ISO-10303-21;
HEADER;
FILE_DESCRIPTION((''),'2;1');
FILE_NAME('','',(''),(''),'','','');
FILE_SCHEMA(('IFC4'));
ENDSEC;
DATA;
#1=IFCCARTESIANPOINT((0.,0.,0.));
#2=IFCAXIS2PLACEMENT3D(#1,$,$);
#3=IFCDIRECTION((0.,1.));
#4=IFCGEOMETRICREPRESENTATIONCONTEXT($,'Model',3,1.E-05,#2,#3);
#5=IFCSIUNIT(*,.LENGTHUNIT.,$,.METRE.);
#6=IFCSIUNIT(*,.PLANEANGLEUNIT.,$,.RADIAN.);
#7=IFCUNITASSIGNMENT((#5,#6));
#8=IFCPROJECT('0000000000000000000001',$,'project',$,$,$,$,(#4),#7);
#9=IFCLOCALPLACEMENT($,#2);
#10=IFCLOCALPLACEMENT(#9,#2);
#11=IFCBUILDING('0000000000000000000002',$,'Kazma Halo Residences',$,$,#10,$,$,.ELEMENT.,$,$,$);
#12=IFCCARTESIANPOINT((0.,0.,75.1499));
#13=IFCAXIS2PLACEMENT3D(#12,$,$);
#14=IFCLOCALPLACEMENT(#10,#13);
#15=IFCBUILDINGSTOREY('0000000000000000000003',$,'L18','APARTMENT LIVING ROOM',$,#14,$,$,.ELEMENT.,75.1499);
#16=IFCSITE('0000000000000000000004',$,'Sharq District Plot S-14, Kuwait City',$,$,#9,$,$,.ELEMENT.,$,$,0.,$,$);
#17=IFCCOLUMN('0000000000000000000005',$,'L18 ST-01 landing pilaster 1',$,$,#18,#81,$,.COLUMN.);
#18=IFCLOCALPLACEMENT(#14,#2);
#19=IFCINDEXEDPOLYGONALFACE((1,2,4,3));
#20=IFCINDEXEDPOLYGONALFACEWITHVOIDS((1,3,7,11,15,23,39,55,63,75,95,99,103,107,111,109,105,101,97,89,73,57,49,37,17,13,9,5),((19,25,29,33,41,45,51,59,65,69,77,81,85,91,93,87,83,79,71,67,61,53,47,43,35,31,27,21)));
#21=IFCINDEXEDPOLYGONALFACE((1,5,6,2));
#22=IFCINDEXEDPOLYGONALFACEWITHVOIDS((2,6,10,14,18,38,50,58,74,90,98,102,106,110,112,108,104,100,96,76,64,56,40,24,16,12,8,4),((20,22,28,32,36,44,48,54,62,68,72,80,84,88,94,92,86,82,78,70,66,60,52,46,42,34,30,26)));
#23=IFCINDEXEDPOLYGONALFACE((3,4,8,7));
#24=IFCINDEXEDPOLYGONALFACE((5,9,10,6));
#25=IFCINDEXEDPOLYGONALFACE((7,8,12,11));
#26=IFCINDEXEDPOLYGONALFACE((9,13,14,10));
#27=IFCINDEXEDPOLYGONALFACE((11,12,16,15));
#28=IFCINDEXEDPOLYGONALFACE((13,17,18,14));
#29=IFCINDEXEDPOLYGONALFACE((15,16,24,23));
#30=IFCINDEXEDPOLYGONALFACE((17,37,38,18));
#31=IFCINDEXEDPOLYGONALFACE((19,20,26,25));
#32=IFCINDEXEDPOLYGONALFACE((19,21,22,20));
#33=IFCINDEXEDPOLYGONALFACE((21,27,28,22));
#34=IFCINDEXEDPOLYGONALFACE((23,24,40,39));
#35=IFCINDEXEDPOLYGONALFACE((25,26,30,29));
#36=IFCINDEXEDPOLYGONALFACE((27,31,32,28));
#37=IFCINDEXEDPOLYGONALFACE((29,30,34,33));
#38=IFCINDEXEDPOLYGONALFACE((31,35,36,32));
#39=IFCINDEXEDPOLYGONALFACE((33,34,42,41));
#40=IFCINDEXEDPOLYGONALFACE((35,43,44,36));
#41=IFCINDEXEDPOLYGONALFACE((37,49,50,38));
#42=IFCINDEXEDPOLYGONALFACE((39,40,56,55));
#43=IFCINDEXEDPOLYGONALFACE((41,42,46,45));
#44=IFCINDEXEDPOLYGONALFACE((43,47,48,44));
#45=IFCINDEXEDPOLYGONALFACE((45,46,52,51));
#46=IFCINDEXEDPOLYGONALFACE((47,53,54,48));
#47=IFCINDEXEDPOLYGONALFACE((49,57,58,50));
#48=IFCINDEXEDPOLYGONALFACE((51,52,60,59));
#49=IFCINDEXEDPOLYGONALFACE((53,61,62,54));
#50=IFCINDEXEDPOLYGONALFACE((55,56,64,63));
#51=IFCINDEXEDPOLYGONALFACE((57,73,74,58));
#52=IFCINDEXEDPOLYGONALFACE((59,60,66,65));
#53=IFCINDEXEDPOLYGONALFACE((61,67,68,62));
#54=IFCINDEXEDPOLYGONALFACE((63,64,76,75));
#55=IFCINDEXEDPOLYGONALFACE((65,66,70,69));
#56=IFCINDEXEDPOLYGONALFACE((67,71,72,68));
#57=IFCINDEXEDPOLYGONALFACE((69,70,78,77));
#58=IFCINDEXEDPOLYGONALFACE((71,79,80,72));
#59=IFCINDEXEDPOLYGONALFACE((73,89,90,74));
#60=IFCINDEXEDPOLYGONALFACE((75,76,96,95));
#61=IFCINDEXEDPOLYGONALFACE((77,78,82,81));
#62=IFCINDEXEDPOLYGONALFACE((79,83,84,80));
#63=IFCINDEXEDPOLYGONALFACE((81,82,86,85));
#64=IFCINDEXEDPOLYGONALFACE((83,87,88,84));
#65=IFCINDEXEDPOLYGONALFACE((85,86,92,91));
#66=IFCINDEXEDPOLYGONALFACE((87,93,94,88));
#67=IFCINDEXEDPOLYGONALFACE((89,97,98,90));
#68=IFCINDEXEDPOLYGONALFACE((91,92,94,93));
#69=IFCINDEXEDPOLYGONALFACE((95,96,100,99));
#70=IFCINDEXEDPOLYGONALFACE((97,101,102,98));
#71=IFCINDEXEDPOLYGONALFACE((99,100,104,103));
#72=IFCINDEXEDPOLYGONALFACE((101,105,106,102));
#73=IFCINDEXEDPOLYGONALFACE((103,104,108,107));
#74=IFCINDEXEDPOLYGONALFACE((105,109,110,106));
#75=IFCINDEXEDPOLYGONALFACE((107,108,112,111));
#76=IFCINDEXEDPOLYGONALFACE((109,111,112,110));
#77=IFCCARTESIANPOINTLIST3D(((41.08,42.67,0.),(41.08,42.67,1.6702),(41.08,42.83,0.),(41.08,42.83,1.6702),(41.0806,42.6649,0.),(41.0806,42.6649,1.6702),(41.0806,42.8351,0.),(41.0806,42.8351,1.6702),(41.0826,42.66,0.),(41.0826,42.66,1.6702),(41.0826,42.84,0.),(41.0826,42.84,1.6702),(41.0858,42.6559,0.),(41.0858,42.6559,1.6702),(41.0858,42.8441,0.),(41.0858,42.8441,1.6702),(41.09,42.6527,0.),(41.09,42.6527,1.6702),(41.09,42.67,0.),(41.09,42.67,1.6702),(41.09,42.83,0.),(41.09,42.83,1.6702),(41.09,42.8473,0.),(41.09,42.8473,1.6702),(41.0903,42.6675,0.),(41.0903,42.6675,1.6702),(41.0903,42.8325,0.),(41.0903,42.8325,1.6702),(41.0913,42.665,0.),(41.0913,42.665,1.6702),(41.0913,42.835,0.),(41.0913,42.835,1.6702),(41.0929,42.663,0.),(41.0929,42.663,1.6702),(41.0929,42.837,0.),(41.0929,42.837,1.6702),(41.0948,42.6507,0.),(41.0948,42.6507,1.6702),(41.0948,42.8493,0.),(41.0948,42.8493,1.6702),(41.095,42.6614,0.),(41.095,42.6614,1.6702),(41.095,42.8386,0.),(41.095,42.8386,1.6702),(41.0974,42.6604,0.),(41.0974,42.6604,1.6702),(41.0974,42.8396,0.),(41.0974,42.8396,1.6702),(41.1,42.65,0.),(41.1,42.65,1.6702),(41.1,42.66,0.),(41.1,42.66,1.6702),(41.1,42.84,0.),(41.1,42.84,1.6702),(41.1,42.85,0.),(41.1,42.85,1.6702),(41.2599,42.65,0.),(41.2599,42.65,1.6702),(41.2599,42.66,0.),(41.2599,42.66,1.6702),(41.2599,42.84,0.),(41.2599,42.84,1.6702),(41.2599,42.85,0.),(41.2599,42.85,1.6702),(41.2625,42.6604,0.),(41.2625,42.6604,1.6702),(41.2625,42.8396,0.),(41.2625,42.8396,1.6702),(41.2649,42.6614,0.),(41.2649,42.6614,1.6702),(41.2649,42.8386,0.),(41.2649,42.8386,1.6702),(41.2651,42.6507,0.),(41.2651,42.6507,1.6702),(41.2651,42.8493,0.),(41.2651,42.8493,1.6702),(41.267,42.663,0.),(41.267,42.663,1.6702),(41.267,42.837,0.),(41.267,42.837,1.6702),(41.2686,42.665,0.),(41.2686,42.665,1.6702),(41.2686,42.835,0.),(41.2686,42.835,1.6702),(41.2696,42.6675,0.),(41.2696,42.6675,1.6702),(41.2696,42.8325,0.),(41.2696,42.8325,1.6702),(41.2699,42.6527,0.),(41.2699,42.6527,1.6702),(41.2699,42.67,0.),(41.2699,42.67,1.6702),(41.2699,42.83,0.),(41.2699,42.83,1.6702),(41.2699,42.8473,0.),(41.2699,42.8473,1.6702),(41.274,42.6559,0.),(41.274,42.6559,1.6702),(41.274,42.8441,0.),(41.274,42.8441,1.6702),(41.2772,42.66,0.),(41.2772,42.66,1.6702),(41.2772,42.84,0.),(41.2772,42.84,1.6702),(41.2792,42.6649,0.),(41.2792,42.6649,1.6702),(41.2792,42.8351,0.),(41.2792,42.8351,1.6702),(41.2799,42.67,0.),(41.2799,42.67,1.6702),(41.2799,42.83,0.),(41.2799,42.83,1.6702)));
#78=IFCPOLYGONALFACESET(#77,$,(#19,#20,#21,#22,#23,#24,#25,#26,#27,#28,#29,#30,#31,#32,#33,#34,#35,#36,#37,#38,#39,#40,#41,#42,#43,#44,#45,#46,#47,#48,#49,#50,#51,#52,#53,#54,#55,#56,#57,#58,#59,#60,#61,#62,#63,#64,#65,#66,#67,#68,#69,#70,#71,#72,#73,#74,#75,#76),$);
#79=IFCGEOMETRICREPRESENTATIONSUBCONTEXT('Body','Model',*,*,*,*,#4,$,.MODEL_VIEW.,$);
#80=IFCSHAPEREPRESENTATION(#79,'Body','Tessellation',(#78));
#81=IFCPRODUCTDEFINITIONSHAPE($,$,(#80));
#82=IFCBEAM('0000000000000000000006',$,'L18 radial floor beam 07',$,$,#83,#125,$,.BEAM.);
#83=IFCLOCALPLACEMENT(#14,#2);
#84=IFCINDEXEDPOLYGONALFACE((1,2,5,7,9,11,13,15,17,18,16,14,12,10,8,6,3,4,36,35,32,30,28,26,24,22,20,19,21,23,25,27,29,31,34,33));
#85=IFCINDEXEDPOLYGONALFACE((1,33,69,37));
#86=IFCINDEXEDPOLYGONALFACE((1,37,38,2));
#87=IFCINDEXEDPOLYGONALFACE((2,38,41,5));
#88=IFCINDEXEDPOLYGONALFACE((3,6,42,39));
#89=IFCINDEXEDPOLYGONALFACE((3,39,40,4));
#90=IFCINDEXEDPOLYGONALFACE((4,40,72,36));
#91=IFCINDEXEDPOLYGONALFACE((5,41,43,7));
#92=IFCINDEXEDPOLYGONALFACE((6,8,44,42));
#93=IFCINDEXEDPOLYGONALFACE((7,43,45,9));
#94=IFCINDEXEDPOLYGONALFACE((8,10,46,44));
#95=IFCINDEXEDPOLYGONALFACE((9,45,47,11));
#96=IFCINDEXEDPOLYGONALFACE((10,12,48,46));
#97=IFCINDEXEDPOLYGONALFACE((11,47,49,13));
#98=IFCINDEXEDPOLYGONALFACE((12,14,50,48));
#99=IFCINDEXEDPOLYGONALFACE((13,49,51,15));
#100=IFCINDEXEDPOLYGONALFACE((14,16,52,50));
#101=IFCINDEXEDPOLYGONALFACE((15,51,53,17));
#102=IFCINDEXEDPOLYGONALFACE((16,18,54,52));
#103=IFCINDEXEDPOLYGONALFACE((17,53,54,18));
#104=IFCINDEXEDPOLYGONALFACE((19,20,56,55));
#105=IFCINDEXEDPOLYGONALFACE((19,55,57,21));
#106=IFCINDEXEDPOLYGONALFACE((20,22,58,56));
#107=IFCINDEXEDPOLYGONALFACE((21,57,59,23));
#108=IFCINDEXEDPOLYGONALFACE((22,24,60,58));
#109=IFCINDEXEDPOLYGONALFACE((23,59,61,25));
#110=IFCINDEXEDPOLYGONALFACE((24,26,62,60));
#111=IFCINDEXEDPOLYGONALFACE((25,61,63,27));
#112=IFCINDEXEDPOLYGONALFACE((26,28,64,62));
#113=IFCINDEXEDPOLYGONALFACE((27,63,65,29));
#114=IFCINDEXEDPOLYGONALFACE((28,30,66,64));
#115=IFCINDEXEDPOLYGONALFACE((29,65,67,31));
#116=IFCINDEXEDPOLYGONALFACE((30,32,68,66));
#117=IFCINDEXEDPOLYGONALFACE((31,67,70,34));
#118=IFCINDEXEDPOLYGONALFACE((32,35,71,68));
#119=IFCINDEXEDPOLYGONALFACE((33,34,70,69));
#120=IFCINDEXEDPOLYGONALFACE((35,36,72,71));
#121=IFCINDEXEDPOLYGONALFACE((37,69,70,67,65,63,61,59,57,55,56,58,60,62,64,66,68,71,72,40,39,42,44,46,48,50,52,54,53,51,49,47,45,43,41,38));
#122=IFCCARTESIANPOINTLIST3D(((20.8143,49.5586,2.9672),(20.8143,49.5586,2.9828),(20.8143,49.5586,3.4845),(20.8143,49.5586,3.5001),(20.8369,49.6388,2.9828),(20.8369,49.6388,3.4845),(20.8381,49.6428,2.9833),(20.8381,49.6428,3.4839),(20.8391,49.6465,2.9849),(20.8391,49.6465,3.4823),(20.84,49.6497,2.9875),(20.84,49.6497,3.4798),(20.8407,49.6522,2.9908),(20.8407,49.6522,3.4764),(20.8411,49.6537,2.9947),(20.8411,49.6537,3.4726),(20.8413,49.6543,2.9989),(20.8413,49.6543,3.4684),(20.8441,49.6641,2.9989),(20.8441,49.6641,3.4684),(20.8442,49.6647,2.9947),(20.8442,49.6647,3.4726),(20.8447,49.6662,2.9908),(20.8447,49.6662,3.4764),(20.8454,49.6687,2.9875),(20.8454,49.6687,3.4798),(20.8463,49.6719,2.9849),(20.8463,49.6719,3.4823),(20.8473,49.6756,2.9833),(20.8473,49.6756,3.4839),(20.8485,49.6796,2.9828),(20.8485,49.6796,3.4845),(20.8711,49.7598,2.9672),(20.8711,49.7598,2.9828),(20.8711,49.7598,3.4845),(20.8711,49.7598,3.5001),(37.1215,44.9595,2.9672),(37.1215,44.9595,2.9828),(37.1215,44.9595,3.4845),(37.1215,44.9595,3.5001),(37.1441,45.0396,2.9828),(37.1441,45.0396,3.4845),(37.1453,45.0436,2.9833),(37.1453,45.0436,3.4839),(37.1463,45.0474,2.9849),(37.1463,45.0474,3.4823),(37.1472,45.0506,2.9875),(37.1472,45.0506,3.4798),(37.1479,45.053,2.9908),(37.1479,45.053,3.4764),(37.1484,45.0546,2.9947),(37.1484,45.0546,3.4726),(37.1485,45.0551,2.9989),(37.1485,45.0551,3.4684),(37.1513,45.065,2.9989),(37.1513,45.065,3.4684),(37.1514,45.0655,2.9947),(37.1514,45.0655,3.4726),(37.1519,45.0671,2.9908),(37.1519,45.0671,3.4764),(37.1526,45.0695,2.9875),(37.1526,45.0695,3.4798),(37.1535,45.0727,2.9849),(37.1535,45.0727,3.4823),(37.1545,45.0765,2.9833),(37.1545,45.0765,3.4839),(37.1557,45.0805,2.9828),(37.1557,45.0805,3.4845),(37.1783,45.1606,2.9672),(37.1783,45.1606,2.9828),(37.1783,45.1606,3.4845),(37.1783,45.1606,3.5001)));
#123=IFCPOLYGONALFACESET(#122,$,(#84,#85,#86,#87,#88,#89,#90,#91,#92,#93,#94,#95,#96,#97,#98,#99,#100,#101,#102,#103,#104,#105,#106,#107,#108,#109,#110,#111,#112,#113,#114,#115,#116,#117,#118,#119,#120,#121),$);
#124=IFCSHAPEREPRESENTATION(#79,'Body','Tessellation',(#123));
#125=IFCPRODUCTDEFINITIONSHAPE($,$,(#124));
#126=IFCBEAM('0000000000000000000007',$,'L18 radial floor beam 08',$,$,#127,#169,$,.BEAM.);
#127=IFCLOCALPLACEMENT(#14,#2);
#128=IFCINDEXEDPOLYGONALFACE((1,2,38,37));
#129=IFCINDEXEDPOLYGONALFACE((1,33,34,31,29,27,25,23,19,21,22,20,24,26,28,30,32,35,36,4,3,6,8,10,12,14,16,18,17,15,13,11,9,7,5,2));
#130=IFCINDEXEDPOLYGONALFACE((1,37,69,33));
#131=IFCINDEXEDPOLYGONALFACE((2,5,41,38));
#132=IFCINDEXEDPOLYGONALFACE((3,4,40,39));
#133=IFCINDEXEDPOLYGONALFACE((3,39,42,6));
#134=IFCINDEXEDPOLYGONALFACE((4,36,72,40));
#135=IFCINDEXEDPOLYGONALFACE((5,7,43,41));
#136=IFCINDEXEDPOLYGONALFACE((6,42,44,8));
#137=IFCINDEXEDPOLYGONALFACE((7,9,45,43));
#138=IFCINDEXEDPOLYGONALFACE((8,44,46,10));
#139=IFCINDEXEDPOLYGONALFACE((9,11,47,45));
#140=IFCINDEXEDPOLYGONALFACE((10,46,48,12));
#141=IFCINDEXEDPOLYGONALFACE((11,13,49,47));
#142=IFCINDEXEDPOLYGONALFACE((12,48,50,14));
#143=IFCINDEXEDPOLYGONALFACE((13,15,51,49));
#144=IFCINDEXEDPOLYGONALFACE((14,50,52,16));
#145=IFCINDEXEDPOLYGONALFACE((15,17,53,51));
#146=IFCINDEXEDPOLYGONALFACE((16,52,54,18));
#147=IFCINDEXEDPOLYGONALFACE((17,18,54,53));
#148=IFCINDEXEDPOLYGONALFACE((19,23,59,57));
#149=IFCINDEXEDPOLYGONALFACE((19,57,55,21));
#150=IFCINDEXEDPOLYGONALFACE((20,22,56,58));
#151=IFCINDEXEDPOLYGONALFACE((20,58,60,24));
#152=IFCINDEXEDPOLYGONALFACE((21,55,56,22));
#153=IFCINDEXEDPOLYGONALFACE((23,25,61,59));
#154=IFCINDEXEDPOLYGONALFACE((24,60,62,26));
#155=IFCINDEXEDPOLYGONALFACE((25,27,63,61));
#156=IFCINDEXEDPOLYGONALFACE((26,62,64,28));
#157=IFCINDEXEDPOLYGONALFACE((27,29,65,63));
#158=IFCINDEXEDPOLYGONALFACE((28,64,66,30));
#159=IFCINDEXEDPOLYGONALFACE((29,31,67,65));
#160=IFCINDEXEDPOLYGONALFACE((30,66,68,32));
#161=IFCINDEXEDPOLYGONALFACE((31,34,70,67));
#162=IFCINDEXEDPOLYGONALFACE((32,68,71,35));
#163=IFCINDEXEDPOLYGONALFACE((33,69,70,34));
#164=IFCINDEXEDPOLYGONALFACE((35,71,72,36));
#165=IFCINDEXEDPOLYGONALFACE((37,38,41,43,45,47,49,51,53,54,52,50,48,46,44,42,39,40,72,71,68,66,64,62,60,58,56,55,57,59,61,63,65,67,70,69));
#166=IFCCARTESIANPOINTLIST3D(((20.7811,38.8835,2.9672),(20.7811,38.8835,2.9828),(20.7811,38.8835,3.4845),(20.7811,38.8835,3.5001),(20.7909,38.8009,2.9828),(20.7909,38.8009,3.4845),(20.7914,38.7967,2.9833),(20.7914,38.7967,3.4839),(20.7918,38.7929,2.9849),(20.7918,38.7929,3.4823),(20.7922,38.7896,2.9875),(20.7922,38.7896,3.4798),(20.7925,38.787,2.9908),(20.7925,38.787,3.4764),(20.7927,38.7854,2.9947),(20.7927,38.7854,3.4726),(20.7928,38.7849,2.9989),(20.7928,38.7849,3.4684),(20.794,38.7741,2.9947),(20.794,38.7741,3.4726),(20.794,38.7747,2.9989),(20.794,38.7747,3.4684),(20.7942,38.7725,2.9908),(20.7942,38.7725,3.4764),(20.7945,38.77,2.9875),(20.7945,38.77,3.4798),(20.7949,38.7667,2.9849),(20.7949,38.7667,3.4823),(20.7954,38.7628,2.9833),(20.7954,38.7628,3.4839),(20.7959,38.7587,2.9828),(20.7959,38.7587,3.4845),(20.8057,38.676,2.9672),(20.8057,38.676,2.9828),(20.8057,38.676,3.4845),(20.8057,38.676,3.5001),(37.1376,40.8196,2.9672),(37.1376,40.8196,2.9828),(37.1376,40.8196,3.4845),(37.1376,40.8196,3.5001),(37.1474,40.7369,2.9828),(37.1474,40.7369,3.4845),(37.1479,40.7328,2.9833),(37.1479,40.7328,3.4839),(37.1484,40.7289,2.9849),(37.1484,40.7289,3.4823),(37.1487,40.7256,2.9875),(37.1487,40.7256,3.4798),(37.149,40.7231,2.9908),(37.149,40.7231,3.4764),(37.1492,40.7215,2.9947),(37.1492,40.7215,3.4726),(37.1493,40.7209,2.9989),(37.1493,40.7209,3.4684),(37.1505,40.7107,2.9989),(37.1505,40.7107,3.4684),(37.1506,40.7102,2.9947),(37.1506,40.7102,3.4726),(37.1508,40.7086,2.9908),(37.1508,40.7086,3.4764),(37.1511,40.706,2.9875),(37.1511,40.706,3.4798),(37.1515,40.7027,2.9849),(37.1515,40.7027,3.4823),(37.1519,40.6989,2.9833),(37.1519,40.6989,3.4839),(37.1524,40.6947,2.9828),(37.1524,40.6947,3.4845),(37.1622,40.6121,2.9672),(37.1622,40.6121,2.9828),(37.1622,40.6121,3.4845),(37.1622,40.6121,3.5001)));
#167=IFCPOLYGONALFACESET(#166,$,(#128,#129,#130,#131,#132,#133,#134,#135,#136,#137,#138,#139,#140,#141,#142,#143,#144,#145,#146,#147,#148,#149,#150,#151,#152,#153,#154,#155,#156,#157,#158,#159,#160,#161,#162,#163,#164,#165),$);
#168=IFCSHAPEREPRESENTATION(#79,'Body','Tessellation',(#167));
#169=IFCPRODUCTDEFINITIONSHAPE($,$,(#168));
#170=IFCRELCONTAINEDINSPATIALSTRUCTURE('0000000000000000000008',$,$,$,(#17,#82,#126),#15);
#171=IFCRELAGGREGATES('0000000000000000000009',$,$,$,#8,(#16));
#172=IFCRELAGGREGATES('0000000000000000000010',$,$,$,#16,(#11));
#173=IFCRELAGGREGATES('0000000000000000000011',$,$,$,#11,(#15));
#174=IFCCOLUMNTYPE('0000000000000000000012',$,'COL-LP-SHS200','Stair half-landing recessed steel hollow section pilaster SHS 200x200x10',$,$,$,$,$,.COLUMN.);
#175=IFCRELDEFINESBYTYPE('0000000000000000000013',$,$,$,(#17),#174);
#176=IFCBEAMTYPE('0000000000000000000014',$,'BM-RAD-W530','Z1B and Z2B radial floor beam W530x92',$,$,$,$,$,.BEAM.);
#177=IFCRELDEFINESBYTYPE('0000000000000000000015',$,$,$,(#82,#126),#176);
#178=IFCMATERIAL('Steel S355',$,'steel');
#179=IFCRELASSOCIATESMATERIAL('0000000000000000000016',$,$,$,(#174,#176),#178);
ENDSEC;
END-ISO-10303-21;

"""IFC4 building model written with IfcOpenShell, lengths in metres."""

from ifc_helpers import new_model, si_unit, direction, frame, origin, origin_2d, place, context, subcontext, project, spatial, hollow_rectangle, i_section, extrude, material, material_profile, profile_set, type_object, element, save


model = new_model("IFC4")

# Units and contexts
model_context = context("Model", 3, precision=1e-05, world=origin(), true_north=direction((0.0, 1.0)))
body_context = subcontext(model_context, "Body", "Model", "MODEL_VIEW")
ifc_project = project(units=[si_unit("LENGTHUNIT", "METRE"), si_unit("PLANEANGLEUNIT", "RADIAN")], contexts=[model_context])

# Site, building, storey
site_placement = place(None, origin())
site = spatial("IfcSite", under=ifc_project, at=site_placement, Name="Sharq District Plot S-14, Kuwait City", CompositionType="ELEMENT", RefElevation=0.0)
building_placement = place(site_placement, origin())
building = spatial("IfcBuilding", under=site, at=building_placement, Name="Kazma Halo Residences", CompositionType="ELEMENT")
storey_placement = place(building_placement, frame((0.0, 0.0, 75.1499)))
storey = spatial("IfcBuildingStorey", under=building, at=storey_placement, Name="L18", Description="APARTMENT LIVING ROOM", CompositionType="ELEMENT", Elevation=75.1499)

# Column
ifc_material_1 = material(Name="Steel S355", Category="steel")
ifc_material_profile_1 = material_profile(ifc_material_1, hollow_rectangle(XDim=0.2, YDim=0.2, WallThickness=0.01, InnerFilletRadius=0.01, OuterFilletRadius=0.02, at=origin_2d()), Name="SHS200x200x10")
ifc_profile_set_1 = profile_set([ifc_material_profile_1], Name="Steel S355")
column_type = type_object("IfcColumnType", Name="COL-LP-SHS200", Description="Stair half-landing recessed steel hollow section pilaster SHS 200x200x10", PredefinedType="COLUMN", material=ifc_profile_set_1)
column_placement = place(storey_placement, frame((41.1799, 42.75, 0.0), z_axis=(0.0, 0.0, 1.0), x_axis=(1.0, 0.0, 0.0)))
element("IfcColumn", 1, at=column_placement, inside=storey, type_object=column_type, Name="L18 ST-01 landing pilaster 1", PredefinedType="COLUMN", context=body_context, shape_type="SweptSolid", body=[
    extrude(hollow_rectangle(XDim=0.2, YDim=0.2, WallThickness=0.01, InnerFilletRadius=0.01, OuterFilletRadius=0.02, at=origin_2d()), origin(), (0.0, 0.0, 1.0), 1.6702),
])

# Beams
ifc_material_profile_2 = material_profile(ifc_material_1, i_section(OverallWidth=0.209, OverallDepth=0.533, WebThickness=0.0103, FlangeThickness=0.0156, FilletRadius=0.0161, at=origin_2d()), Name="W530x92")
ifc_profile_set_2 = profile_set([ifc_material_profile_2], Name="Steel S355")
beam_type_1 = type_object("IfcBeamType", Name="BM-RAD-W530", Description="Z1B and Z2B radial floor beam W530x92", PredefinedType="BEAM", material=ifc_profile_set_2)
beam_1_placement = place(storey_placement, frame((37.1499, 45.0601, 3.2336), z_axis=(-0.962455, 0.271442, 0.0), x_axis=(-0.271442, -0.962455, 0.0)))
element("IfcBeam", 2, at=beam_1_placement, inside=storey, type_object=beam_type_1, Name="L18 radial floor beam 07", PredefinedType="BEAM", context=body_context, shape_type="SweptSolid", body=[
    extrude(i_section(OverallWidth=0.209, OverallDepth=0.533, WebThickness=0.0103, FlangeThickness=0.0156, FilletRadius=0.0161, at=origin_2d()), origin(), (0.0, 0.0, 1.0), 16.9434),
])
beam_2_placement = place(storey_placement, frame((37.1499, 40.7158, 3.2336), z_axis=(-0.993068, -0.117545, 0.0), x_axis=(0.117545, -0.993068, 0.0)))
element("IfcBeam", 3, at=beam_2_placement, inside=storey, type_object=beam_type_1, Name="L18 radial floor beam 08", PredefinedType="BEAM", context=body_context, shape_type="SweptSolid", body=[
    extrude(i_section(OverallWidth=0.209, OverallDepth=0.533, WebThickness=0.0103, FlangeThickness=0.0156, FilletRadius=0.0161, at=origin_2d()), origin(), (0.0, 0.0, 1.0), 16.4707),
])

save(model, "model.ifc")
